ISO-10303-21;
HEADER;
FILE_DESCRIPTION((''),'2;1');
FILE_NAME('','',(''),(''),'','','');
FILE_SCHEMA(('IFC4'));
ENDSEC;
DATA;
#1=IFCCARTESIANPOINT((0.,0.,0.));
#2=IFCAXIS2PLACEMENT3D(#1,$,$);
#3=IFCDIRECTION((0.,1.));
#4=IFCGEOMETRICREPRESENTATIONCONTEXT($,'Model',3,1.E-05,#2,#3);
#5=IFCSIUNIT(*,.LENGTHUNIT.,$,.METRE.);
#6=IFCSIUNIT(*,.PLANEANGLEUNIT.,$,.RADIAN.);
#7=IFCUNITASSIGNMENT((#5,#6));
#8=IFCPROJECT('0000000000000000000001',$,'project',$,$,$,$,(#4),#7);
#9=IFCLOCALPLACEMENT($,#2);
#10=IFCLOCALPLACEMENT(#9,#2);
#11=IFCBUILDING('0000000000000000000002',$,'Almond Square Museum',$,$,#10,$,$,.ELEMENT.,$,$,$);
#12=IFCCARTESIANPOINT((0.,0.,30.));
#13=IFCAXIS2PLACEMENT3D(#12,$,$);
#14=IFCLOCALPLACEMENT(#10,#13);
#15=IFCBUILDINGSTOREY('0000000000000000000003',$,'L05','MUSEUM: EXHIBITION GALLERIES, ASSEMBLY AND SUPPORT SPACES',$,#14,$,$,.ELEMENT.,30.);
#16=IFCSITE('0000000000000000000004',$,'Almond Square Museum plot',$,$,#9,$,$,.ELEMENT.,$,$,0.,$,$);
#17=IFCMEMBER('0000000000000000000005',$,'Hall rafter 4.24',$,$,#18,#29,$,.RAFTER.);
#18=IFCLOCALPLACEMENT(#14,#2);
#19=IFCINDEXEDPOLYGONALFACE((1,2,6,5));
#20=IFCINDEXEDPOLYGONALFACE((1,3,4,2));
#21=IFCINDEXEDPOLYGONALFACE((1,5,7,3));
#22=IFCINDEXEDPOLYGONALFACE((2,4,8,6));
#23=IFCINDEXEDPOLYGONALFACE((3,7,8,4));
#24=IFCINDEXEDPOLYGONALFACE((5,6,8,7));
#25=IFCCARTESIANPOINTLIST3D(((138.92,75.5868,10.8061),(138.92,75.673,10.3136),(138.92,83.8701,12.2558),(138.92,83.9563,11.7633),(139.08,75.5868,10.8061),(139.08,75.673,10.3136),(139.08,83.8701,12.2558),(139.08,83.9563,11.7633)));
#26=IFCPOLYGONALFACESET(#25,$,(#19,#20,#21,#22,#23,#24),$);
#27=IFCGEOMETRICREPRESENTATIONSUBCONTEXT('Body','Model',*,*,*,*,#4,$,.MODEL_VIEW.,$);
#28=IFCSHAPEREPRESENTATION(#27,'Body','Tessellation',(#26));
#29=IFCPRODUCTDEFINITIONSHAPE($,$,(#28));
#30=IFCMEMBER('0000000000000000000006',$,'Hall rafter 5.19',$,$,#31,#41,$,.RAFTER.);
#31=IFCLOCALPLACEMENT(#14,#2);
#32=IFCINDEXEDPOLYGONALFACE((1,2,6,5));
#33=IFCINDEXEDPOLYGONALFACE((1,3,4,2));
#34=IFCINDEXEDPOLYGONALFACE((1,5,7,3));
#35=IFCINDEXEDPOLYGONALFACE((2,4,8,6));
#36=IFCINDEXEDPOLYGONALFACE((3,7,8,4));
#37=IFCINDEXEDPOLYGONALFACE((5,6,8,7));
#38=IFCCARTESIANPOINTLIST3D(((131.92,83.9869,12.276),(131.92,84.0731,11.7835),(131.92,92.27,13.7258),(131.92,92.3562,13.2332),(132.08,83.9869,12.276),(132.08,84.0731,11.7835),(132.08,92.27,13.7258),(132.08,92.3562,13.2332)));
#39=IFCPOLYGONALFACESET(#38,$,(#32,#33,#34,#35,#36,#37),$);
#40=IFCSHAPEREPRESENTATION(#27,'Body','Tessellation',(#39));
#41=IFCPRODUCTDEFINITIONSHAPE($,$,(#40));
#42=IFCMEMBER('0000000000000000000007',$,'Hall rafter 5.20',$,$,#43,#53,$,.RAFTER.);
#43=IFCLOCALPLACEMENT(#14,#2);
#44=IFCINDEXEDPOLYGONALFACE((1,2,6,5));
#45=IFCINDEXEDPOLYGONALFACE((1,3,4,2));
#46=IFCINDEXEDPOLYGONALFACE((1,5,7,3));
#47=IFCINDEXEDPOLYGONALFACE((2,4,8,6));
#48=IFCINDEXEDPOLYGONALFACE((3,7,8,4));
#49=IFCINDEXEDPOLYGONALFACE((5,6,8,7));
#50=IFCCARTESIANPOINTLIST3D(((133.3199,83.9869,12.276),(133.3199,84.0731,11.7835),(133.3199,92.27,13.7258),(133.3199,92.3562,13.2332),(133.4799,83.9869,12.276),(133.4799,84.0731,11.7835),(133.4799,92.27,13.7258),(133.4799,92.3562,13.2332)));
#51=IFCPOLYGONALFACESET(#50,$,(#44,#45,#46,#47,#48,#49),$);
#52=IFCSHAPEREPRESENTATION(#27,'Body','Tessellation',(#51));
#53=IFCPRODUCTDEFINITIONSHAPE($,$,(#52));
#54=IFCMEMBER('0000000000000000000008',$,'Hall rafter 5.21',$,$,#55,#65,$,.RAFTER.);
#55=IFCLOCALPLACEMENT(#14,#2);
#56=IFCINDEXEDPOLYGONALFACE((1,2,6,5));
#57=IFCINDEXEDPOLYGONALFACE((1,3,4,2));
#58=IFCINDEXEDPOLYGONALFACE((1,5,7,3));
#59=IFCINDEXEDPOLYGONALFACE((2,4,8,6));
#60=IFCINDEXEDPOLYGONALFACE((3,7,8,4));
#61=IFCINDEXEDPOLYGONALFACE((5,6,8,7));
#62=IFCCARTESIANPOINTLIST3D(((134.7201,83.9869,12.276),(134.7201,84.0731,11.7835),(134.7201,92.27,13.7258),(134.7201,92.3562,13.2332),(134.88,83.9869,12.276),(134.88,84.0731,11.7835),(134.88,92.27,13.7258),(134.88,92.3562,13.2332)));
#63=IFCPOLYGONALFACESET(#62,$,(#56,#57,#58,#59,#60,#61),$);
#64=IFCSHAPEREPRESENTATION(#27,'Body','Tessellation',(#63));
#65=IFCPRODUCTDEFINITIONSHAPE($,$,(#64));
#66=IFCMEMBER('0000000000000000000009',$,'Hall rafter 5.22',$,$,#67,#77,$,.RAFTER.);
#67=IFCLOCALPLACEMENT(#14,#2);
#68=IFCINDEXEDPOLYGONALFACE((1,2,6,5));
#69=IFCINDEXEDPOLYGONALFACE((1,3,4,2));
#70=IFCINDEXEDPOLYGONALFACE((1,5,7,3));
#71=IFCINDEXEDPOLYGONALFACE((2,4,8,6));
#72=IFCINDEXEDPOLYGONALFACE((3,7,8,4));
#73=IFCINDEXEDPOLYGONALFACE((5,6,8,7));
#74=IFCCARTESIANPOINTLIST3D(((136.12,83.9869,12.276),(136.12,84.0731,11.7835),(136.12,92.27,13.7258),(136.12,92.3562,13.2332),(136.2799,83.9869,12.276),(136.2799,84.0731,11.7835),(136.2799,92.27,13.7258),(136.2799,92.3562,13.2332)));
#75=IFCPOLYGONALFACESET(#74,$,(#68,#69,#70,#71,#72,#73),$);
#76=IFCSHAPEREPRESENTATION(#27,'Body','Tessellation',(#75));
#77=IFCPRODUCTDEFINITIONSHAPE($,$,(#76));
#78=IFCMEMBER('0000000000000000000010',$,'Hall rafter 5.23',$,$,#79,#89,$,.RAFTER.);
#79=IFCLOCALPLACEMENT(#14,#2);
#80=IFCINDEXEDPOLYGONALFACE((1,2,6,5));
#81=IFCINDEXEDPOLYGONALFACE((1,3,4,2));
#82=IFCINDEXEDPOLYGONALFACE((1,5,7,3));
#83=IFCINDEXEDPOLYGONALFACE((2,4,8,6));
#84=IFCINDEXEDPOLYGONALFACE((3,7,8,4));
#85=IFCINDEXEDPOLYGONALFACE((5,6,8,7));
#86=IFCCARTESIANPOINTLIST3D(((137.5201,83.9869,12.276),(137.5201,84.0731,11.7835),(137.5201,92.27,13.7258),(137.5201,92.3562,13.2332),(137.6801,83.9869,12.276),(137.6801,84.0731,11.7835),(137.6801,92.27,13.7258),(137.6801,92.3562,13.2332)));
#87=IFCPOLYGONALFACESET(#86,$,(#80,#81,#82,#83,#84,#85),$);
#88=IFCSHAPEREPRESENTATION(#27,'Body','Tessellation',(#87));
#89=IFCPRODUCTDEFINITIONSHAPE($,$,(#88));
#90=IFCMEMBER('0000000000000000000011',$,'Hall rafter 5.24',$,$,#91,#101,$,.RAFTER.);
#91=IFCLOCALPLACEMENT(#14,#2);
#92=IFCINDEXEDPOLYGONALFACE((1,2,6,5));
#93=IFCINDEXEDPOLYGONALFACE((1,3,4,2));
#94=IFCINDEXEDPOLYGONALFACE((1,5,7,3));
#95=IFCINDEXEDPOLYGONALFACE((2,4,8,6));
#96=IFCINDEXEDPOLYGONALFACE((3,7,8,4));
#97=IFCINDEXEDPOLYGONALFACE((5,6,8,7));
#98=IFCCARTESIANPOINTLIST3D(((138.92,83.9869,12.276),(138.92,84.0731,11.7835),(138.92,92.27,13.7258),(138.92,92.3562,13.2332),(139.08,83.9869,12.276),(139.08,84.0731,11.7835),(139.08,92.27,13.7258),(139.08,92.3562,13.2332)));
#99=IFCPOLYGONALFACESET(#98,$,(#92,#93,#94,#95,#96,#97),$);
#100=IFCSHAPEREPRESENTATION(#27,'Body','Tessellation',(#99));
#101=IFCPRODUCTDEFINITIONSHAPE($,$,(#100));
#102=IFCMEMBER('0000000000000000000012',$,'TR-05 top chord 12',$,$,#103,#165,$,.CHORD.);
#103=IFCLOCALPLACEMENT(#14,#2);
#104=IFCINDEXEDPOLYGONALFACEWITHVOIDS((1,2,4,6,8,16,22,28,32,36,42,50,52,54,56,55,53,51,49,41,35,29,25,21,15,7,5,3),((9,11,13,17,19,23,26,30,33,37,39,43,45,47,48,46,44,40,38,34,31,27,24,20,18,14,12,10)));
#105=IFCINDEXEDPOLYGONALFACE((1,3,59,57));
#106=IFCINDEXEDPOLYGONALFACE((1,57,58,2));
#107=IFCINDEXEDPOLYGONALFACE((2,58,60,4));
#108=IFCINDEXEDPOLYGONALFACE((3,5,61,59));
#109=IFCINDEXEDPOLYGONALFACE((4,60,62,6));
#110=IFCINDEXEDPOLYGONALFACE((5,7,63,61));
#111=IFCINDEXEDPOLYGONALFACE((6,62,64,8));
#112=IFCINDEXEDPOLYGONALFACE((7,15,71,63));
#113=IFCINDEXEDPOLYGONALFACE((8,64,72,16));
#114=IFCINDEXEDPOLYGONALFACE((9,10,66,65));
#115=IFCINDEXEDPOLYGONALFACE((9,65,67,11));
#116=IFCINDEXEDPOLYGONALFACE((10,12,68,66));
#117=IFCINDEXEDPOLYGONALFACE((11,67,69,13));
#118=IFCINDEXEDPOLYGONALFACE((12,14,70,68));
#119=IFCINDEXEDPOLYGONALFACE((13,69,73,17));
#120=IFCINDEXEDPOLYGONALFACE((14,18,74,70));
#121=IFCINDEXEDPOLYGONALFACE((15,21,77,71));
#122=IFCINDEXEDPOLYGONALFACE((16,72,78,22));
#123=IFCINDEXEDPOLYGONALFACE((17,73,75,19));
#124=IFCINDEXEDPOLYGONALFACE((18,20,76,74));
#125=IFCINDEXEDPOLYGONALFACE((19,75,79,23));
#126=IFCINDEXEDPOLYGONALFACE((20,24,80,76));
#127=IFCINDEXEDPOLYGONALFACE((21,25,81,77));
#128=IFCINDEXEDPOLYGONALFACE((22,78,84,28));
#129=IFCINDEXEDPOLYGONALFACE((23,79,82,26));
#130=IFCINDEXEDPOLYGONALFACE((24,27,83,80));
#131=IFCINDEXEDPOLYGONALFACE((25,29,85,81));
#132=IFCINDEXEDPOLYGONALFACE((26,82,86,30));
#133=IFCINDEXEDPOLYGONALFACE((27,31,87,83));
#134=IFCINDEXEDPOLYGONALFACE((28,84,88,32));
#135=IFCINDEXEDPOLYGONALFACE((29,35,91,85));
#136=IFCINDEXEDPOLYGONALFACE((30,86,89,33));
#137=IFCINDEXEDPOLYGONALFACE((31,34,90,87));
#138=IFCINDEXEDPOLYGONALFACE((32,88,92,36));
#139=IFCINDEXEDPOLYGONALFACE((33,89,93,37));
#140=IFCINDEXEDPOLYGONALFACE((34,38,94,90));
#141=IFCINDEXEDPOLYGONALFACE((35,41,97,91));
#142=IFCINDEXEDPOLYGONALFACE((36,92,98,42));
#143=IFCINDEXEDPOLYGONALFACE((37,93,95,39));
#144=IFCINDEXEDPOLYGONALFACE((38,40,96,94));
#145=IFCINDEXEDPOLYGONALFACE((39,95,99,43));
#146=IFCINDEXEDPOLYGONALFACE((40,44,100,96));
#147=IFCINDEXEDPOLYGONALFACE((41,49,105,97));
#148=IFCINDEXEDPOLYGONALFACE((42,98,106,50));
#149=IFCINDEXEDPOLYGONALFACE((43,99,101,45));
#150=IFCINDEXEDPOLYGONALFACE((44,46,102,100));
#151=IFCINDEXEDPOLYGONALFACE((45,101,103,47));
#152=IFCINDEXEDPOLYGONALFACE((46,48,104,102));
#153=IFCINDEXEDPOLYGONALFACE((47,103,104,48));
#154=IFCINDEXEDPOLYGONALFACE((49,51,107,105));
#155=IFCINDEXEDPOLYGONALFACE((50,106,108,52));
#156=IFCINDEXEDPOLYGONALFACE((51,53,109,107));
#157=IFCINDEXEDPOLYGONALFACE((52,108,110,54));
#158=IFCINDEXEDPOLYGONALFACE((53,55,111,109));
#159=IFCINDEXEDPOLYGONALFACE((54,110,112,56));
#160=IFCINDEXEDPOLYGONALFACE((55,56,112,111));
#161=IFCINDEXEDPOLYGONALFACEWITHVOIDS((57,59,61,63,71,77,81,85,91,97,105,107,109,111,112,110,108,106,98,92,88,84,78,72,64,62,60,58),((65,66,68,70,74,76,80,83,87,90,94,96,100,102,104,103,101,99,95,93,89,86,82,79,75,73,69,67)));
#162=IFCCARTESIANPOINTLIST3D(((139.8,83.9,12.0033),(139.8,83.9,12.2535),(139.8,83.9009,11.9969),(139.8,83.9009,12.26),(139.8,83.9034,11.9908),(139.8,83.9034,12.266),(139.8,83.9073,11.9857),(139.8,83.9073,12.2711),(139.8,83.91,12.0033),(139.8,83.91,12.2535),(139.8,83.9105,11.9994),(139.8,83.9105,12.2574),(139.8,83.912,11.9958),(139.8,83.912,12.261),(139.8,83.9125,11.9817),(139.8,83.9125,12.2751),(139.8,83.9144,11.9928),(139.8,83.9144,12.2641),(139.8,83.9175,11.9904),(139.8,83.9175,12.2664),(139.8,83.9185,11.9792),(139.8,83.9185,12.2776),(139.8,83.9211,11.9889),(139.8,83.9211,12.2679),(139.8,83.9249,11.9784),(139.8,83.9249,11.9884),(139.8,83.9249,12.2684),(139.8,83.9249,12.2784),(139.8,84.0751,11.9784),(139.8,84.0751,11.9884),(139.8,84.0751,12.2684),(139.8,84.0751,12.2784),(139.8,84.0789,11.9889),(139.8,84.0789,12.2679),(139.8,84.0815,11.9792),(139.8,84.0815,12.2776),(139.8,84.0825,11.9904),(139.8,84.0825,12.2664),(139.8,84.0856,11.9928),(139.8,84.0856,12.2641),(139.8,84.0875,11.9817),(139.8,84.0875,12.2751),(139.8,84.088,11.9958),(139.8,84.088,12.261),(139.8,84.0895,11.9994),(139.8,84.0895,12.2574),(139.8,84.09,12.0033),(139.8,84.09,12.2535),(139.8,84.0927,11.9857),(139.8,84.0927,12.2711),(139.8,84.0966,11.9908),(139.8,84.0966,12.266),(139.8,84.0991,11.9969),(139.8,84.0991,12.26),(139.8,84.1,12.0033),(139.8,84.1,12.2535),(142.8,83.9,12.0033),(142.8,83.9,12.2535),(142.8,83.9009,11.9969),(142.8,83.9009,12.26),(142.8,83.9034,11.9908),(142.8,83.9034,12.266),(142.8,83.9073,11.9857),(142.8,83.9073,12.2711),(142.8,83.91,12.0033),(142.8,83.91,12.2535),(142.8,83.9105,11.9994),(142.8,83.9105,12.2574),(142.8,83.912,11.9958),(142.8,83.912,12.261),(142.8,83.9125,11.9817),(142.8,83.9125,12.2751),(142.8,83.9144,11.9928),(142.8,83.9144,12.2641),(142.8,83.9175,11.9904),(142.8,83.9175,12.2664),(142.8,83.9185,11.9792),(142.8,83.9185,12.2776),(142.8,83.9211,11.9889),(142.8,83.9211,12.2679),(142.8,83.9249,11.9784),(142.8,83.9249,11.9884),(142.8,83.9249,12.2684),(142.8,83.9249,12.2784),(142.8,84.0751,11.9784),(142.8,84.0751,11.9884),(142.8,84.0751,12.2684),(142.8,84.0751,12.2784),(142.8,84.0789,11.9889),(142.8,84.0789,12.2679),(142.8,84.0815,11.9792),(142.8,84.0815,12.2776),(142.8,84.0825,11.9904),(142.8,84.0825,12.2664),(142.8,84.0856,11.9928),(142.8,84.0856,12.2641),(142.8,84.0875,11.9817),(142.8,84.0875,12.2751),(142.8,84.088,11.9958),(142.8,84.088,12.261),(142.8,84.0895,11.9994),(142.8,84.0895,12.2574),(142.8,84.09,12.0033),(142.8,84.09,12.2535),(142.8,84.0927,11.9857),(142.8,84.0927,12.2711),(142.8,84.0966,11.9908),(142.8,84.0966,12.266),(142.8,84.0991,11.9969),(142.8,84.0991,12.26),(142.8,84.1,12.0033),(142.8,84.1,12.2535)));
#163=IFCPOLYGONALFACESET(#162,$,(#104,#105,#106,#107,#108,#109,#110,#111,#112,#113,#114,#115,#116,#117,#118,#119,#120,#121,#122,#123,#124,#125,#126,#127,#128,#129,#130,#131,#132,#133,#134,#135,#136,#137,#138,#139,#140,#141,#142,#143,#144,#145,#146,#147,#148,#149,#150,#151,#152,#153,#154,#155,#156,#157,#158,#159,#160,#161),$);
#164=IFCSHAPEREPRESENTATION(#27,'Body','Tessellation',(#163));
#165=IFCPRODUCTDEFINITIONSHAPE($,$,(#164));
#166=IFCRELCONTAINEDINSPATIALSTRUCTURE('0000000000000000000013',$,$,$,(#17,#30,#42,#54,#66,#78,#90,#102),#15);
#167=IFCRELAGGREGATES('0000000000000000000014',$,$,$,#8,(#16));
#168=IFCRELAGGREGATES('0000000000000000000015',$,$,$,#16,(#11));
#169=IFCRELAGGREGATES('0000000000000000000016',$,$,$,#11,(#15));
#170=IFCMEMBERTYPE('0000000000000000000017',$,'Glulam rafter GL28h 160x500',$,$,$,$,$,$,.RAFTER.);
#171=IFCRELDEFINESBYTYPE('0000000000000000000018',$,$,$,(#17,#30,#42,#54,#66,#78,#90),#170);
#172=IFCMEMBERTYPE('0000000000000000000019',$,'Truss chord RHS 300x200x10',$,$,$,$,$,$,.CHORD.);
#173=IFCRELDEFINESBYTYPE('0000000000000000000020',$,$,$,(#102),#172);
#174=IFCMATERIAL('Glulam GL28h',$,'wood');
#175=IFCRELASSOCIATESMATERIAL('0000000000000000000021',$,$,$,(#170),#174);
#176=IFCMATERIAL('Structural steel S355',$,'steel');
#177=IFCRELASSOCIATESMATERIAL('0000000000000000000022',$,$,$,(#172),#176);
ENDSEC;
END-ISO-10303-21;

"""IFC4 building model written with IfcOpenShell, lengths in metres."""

from ifc_helpers import new_model, si_unit, direction, frame, origin, origin_2d, place, context, subcontext, project, spatial, rectangle, hollow_rectangle, extrude, material, material_profile, profile_set, type_object, element, save


model = new_model("IFC4")

# Units and contexts
model_context = context("Model", 3, precision=1e-05, world=origin(), true_north=direction((0.0, 1.0)))
body_context = subcontext(model_context, "Body", "Model", "MODEL_VIEW")
ifc_project = project(units=[si_unit("LENGTHUNIT", "METRE"), si_unit("PLANEANGLEUNIT", "RADIAN")], contexts=[model_context])

# Site, building, storey
site_placement = place(None, origin())
site = spatial("IfcSite", under=ifc_project, at=site_placement, Name="Almond Square Museum plot", CompositionType="ELEMENT", RefElevation=0.0)
building_placement = place(site_placement, origin())
building = spatial("IfcBuilding", under=site, at=building_placement, Name="Almond Square Museum", CompositionType="ELEMENT")
storey_placement = place(building_placement, frame((0.0, 0.0, 30.0)))
storey = spatial("IfcBuildingStorey", under=building, at=storey_placement, Name="L05", Description="MUSEUM: EXHIBITION GALLERIES, ASSEMBLY AND SUPPORT SPACES", CompositionType="ELEMENT", Elevation=30.0)

# Members
ifc_material_1 = material(Name="Glulam GL28h", Category="wood")
ifc_material_profile_1 = material_profile(ifc_material_1, rectangle(XDim=0.1599, YDim=0.5, at=origin_2d()))
ifc_profile_set_1 = profile_set([ifc_material_profile_1], Name="Glulam GL28h")
member_type_1 = type_object("IfcMemberType", Name="Glulam rafter GL28h 160x500", PredefinedType="RAFTER", material=ifc_profile_set_1)
member_1_placement = place(storey_placement, frame((139.0, 75.6299, 10.5598), z_axis=(0.0, 0.985028, 0.172397), x_axis=(-1.0, 0.0, 0.0)))
element("IfcMember", 1, at=member_1_placement, inside=storey, type_object=member_type_1, Name="Hall rafter 4.24", PredefinedType="RAFTER", context=body_context, shape_type="SweptSolid", body=[
    extrude(rectangle(XDim=0.1599, YDim=0.5, at=origin_2d()), origin(), (0.0, 0.0, 1.0), 8.4092),
])
for number, where, z_axis, x_axis, name in (
    (2, (132.0, 84.03, 12.0298), (0.0, 0.985027, 0.172402), (-1.0, 0.0, 0.0), "Hall rafter 5.19"),
    (3, (133.3999, 84.03, 12.0298), (0.0, 0.985027, 0.172402), (-1.0, 0.0, 0.0), "Hall rafter 5.20"),
    (4, (134.8, 84.03, 12.0298), (0.0, 0.985027, 0.172402), (-1.0, 0.0, 0.0), "Hall rafter 5.21"),
    (5, (136.2, 84.03, 12.0298), (0.0, 0.985027, 0.172402), (-1.0, 0.0, 0.0), "Hall rafter 5.22"),
    (6, (137.6001, 84.03, 12.0298), (0.0, 0.985027, 0.172402), (-1.0, 0.0, 0.0), "Hall rafter 5.23"),
    (7, (139.0, 84.03, 12.0298), (0.0, 0.985027, 0.172402), (-1.0, 0.0, 0.0), "Hall rafter 5.24"),
):
    element("IfcMember", number, at=place(storey_placement, frame(where, z_axis=z_axis, x_axis=x_axis)), inside=storey, type_object=member_type_1, Name=name, PredefinedType="RAFTER", context=body_context, shape_type="SweptSolid", body=[
        extrude(rectangle(XDim=0.1599, YDim=0.5, at=origin_2d()), origin(), (0.0, 0.0, 1.0), 8.4089),
    ])
ifc_material_2 = material(Name="Structural steel S355", Category="steel")
ifc_material_profile_2 = material_profile(ifc_material_2, hollow_rectangle(XDim=0.2, YDim=0.3, WallThickness=0.01, InnerFilletRadius=0.0149, OuterFilletRadius=0.0249, at=origin_2d()))
ifc_profile_set_2 = profile_set([ifc_material_profile_2], Name="Structural steel S355")
member_type_2 = type_object("IfcMemberType", Name="Truss chord RHS 300x200x10", PredefinedType="CHORD", material=ifc_profile_set_2)
member_2_placement = place(storey_placement, frame((139.8, 84.0, 12.1284), z_axis=(1.0, 0.0, 0.0), x_axis=(0.0, 1.0, 0.0)))
element("IfcMember", 8, at=member_2_placement, inside=storey, type_object=member_type_2, Name="TR-05 top chord 12", PredefinedType="CHORD", context=body_context, shape_type="SweptSolid", body=[
    extrude(hollow_rectangle(XDim=0.2, YDim=0.3, WallThickness=0.01, InnerFilletRadius=0.0149, OuterFilletRadius=0.0249, at=origin_2d()), origin(), (0.0, 0.0, 1.0), 3.0),
])

save(model, "model.ifc")
